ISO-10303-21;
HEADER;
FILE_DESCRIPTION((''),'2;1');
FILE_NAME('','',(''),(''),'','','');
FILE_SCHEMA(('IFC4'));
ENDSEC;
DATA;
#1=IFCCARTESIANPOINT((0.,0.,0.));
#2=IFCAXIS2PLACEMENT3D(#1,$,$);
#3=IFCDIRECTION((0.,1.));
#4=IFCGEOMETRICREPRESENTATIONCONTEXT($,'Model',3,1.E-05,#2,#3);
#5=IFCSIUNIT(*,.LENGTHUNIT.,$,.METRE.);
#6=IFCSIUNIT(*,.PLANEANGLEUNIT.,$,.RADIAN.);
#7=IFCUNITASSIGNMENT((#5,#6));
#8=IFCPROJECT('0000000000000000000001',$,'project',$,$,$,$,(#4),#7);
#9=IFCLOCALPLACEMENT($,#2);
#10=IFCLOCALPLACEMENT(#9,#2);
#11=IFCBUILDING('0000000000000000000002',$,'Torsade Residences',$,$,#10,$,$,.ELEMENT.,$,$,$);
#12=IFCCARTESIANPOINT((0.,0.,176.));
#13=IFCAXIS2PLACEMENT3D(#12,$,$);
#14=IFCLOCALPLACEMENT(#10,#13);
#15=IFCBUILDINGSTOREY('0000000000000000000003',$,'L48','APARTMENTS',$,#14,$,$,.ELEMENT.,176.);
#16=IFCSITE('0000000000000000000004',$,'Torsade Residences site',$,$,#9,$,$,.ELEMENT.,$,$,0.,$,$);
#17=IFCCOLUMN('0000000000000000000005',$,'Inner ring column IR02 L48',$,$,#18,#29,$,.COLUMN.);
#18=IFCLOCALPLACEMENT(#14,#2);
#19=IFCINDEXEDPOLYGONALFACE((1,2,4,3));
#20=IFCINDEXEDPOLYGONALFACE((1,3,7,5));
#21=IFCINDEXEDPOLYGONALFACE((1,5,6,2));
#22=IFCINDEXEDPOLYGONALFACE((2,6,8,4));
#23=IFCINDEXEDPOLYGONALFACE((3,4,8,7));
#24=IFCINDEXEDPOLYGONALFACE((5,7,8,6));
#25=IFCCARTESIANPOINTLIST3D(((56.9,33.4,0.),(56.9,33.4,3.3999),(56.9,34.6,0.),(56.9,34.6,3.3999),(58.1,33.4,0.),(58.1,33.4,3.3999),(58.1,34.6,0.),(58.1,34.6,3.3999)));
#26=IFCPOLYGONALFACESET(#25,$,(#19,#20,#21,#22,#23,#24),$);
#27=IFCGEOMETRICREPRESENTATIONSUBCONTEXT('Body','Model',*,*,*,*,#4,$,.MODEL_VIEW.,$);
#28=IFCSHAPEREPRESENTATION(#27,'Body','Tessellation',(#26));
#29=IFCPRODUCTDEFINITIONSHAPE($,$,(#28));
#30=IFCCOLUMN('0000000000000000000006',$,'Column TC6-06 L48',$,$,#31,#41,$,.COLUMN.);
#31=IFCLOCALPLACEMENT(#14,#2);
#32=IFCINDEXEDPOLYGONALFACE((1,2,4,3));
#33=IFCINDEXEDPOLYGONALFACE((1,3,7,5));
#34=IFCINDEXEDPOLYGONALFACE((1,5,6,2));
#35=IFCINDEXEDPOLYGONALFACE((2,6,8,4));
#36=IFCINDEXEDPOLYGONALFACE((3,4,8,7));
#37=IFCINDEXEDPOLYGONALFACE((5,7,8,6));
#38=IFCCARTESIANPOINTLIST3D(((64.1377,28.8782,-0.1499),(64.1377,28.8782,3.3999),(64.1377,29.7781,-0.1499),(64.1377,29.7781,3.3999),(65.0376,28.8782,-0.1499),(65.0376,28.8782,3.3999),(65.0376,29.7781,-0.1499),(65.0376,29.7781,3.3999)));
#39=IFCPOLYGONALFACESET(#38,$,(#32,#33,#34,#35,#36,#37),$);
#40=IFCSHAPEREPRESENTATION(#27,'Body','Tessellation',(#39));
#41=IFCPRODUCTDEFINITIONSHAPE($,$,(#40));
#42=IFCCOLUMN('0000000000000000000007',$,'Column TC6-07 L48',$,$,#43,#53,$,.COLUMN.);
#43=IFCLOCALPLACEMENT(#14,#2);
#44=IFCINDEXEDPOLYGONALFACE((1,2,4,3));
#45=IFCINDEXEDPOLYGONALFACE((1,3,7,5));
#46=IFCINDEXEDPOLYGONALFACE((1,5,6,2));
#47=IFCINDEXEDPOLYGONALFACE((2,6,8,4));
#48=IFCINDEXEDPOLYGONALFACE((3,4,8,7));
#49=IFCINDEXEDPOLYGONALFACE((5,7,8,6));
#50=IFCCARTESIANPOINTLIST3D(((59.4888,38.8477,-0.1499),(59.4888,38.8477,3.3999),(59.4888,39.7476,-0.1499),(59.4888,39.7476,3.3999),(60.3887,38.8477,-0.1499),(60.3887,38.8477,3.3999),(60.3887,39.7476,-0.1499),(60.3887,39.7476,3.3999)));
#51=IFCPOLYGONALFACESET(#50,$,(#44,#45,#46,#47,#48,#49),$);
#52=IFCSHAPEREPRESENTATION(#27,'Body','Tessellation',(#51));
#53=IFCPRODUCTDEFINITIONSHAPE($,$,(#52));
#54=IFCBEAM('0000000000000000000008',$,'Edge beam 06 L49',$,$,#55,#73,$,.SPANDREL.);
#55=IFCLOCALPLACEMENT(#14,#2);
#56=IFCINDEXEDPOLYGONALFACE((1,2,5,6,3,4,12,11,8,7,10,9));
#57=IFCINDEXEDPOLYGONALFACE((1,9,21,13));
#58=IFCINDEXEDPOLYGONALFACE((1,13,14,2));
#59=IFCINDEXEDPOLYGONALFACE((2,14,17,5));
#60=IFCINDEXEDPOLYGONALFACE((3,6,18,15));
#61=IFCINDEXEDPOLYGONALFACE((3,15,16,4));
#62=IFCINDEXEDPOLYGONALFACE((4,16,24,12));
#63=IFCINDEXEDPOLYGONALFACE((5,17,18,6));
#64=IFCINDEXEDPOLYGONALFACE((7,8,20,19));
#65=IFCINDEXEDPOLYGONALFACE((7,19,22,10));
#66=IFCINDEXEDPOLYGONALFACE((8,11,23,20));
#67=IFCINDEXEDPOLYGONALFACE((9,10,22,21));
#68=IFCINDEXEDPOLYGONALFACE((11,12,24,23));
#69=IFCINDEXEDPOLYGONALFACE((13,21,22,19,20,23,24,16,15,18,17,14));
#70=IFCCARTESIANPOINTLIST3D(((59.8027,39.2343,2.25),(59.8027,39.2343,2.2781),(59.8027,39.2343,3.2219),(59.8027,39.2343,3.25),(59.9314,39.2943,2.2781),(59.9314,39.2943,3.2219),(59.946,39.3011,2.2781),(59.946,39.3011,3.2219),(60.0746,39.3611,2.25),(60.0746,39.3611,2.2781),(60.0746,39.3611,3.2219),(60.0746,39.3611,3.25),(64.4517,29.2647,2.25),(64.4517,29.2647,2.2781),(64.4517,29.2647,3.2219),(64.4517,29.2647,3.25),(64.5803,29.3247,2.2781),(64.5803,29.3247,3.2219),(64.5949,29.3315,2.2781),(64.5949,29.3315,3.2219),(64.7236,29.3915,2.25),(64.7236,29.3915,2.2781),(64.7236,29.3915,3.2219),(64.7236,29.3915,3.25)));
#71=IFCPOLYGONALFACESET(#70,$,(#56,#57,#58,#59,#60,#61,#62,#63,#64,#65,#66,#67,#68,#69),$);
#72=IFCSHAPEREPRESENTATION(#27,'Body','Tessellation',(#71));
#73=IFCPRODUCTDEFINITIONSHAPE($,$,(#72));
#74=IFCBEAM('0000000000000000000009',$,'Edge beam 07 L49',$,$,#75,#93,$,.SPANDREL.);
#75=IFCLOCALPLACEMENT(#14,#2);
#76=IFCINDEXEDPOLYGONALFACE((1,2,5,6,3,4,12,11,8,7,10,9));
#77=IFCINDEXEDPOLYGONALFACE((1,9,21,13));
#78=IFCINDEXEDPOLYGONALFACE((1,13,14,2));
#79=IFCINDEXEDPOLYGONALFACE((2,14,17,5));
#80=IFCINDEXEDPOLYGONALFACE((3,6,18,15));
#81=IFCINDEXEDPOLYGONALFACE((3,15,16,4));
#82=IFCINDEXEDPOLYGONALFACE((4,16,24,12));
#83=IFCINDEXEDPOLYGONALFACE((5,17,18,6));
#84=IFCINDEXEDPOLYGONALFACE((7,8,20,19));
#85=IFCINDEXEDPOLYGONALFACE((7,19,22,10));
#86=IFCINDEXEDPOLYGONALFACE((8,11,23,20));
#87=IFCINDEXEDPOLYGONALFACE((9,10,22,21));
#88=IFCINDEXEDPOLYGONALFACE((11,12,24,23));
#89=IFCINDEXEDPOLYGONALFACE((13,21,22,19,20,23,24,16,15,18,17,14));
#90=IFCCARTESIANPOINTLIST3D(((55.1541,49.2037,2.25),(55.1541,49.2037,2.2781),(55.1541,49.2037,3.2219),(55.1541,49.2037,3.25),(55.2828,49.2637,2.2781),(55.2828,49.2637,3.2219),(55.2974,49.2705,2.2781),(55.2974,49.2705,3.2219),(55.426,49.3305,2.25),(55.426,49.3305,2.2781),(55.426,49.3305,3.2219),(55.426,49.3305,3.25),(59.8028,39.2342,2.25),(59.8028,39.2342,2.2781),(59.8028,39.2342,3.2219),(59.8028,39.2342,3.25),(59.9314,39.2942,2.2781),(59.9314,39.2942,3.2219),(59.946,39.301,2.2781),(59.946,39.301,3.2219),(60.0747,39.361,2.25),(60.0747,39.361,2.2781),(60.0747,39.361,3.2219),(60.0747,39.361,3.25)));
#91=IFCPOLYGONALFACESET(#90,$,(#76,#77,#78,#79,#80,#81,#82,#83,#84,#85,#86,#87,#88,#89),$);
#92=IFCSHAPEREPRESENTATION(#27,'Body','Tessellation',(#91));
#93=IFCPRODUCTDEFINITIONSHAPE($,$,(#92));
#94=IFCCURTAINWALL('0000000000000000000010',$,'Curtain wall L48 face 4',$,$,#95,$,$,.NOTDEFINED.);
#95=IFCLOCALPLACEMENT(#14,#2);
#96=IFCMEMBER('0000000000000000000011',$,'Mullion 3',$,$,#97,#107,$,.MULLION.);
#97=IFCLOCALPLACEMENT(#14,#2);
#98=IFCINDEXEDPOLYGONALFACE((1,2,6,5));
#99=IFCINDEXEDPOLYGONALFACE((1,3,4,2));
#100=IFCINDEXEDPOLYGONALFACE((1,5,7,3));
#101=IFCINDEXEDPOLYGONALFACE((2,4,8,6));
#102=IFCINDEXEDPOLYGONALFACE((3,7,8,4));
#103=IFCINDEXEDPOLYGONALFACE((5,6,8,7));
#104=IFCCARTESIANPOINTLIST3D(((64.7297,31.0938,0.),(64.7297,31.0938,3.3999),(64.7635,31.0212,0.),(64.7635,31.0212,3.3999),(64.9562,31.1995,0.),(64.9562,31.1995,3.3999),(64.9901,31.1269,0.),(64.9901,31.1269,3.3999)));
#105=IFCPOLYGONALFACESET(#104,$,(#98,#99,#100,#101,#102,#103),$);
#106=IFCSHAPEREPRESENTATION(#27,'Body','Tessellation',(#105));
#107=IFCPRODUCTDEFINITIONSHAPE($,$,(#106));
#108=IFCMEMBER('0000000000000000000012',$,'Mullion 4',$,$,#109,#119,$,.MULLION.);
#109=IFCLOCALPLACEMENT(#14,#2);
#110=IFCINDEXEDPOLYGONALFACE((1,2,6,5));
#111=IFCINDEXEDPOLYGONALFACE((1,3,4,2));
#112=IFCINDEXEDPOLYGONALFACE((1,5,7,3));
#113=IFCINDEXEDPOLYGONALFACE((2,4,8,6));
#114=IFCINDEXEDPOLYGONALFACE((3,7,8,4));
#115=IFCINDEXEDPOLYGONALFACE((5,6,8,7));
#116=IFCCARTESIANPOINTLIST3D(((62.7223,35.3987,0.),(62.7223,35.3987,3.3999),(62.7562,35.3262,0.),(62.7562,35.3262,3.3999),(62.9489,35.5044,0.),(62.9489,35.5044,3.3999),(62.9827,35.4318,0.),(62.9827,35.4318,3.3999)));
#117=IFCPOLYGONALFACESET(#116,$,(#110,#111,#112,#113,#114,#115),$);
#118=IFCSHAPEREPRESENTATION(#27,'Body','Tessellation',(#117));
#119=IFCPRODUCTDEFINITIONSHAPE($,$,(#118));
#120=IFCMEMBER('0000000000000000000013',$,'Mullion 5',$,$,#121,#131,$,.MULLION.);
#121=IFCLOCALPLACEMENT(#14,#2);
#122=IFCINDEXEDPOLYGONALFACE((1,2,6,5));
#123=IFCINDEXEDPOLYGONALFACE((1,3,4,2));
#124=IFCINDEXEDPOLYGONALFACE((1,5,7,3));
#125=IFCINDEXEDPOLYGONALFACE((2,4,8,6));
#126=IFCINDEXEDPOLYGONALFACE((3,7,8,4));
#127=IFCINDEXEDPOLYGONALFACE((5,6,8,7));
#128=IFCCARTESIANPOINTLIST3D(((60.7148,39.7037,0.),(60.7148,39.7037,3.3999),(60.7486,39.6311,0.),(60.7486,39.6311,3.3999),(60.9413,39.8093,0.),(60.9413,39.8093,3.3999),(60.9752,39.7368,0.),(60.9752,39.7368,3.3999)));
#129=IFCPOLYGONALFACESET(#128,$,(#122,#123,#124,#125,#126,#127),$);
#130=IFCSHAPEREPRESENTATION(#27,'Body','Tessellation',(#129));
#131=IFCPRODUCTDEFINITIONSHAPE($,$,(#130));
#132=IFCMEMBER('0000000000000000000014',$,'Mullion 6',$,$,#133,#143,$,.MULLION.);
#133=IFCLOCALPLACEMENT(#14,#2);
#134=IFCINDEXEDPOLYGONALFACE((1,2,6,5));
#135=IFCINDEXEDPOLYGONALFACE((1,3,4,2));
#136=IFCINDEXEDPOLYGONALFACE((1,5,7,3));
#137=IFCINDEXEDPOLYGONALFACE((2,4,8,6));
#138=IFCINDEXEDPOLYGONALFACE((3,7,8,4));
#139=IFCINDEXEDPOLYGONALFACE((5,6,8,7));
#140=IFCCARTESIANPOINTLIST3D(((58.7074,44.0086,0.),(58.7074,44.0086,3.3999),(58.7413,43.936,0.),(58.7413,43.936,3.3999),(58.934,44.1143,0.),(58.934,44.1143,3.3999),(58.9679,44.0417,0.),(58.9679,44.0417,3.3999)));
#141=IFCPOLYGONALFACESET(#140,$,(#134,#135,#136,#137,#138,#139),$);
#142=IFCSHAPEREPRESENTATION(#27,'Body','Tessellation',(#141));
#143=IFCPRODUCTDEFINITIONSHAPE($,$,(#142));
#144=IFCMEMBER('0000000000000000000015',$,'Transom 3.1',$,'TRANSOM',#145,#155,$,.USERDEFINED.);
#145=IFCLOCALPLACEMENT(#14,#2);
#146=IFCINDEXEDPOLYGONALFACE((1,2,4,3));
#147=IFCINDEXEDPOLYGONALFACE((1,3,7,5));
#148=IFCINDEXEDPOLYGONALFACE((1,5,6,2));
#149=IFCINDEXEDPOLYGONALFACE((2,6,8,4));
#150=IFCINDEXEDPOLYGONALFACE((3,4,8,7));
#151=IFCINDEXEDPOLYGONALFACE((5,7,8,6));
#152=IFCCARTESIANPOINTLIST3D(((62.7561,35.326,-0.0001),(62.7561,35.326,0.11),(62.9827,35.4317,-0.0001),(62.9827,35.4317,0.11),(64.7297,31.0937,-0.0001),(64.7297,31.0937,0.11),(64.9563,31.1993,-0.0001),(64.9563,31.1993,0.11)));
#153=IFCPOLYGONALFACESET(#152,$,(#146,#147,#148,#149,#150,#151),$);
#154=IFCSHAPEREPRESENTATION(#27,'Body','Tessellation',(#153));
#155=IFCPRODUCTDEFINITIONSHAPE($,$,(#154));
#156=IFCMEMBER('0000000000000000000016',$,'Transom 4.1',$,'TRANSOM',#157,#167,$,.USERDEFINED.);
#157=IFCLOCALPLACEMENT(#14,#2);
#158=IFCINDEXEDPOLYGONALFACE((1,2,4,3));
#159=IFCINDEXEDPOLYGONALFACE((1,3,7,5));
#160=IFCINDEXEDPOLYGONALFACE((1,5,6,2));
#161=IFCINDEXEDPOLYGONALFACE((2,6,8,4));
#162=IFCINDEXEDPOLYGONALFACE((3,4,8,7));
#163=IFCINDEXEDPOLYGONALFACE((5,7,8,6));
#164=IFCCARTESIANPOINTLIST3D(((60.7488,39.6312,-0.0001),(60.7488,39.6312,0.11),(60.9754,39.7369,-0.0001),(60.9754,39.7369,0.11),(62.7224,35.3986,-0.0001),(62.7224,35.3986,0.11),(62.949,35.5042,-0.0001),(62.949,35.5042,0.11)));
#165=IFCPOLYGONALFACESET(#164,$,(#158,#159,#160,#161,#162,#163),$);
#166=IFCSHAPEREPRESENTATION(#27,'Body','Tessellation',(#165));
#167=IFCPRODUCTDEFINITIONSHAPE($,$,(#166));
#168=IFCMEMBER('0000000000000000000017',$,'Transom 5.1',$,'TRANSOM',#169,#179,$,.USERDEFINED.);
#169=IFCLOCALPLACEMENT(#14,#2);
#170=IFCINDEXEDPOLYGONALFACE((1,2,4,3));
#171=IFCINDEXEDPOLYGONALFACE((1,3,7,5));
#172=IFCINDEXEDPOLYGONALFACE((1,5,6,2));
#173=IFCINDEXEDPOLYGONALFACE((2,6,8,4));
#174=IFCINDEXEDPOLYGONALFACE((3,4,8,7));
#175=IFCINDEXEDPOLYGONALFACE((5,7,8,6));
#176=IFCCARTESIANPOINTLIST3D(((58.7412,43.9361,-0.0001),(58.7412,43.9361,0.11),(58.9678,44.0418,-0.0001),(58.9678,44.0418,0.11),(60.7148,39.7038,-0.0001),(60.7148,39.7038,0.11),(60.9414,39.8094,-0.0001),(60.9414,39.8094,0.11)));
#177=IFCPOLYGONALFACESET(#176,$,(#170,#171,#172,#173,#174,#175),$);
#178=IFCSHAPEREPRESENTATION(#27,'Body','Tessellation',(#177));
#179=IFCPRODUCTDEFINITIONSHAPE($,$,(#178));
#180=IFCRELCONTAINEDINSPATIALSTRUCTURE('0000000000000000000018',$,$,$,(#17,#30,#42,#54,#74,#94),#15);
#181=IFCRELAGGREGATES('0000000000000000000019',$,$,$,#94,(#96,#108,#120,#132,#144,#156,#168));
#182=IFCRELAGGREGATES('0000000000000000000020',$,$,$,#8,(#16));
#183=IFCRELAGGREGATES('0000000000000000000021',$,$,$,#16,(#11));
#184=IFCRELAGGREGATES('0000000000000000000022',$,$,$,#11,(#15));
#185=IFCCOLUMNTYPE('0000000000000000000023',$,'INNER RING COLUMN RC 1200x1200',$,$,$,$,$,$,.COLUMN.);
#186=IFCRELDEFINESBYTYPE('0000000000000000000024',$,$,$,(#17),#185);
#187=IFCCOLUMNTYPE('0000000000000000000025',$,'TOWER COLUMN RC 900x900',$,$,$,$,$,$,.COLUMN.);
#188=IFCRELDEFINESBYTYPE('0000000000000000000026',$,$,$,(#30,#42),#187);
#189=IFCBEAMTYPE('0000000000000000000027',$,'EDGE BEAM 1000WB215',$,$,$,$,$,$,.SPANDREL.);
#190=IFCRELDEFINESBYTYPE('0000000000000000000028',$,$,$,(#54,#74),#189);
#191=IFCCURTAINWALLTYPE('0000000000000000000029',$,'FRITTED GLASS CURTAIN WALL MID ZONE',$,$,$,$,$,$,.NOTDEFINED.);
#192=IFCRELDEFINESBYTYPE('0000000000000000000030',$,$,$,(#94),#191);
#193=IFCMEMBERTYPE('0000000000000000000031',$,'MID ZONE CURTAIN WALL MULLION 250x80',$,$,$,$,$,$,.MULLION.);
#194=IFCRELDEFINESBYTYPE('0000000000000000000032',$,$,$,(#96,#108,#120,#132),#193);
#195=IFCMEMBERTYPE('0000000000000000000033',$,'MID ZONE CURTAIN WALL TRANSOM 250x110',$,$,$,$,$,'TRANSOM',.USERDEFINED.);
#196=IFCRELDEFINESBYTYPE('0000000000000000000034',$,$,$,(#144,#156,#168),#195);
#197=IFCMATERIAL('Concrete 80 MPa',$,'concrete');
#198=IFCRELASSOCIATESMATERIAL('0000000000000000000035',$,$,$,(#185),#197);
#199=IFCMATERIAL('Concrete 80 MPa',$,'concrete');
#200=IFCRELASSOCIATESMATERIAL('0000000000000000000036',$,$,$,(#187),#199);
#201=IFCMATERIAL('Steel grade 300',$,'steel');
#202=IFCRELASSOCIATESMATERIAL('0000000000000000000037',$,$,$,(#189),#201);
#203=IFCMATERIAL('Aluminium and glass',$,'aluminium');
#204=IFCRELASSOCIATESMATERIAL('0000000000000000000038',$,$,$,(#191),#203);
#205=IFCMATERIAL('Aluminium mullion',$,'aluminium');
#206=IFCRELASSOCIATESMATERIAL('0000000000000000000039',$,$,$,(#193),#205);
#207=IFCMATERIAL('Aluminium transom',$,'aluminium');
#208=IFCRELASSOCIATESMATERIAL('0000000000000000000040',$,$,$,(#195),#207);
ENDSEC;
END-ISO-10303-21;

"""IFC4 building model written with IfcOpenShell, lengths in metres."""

from ifc_helpers import new_model, si_unit, direction, frame, origin, origin_2d, place, context, subcontext, project, spatial, rectangle, i_section, extrude, material, material_profile, profile_set, type_object, element, aggregate, save


model = new_model("IFC4")

# Units and contexts
model_context = context("Model", 3, precision=1e-05, world=origin(), true_north=direction((0.0, 1.0)))
body_context = subcontext(model_context, "Body", "Model", "MODEL_VIEW")
ifc_project = project(units=[si_unit("LENGTHUNIT", "METRE"), si_unit("PLANEANGLEUNIT", "RADIAN")], contexts=[model_context])

# Site, building, storey
site_placement = place(None, origin())
site = spatial("IfcSite", under=ifc_project, at=site_placement, Name="Torsade Residences site", CompositionType="ELEMENT", RefElevation=0.0)
building_placement = place(site_placement, origin())
building = spatial("IfcBuilding", under=site, at=building_placement, Name="Torsade Residences", CompositionType="ELEMENT")
storey_placement = place(building_placement, frame((0.0, 0.0, 176.0)))
storey = spatial("IfcBuildingStorey", under=building, at=storey_placement, Name="L48", Description="APARTMENTS", CompositionType="ELEMENT", Elevation=176.0)

# Columns
ifc_material_1 = material(Name="Concrete 80 MPa", Category="concrete")
ifc_material_profile_1 = material_profile(ifc_material_1, rectangle(XDim=1.2, YDim=1.2, at=origin_2d()), Name="RC 1200x1200")
ifc_profile_set_1 = profile_set([ifc_material_profile_1], Name="Concrete 80 MPa")
column_type_1 = type_object("IfcColumnType", Name="INNER RING COLUMN RC 1200x1200", PredefinedType="COLUMN", material=ifc_profile_set_1)
column_placement = place(storey_placement, frame((57.5, 34.0, 0.0), z_axis=(0.0, 0.0, 1.0), x_axis=(1.0, 0.0, 0.0)))
element("IfcColumn", 1, at=column_placement, inside=storey, type_object=column_type_1, Name="Inner ring column IR02 L48", PredefinedType="COLUMN", context=body_context, shape_type="SweptSolid", body=[
    extrude(rectangle(XDim=1.2, YDim=1.2, at=origin_2d()), origin(), (0.0, 0.0, 1.0), 3.3999),
])
ifc_material_2 = material(Name="Concrete 80 MPa", Category="concrete")
ifc_material_profile_2 = material_profile(ifc_material_2, rectangle(XDim=0.8999, YDim=0.8999, at=origin_2d()), Name="RC 900x900")
ifc_profile_set_2 = profile_set([ifc_material_profile_2], Name="Concrete 80 MPa")
column_type_2 = type_object("IfcColumnType", Name="TOWER COLUMN RC 900x900", PredefinedType="COLUMN", material=ifc_profile_set_2)
for number, where, z_axis, x_axis, name in (
    (2, (64.5876, 29.3281, -0.1499), (0.0, 0.0, 1.0), (1.0, 0.0, 0.0), "Column TC6-06 L48"),
    (3, (59.9387, 39.2976, -0.1499), (0.0, 0.0, 1.0), (1.0, 0.0, 0.0), "Column TC6-07 L48"),
):
    element("IfcColumn", number, at=place(storey_placement, frame(where, z_axis=z_axis, x_axis=x_axis)), inside=storey, type_object=column_type_2, Name=name, PredefinedType="COLUMN", context=body_context, shape_type="SweptSolid", body=[
        extrude(rectangle(XDim=0.8999, YDim=0.8999, at=origin_2d()), origin(), (0.0, 0.0, 1.0), 3.5498),
    ])

# Beams
ifc_material_3 = material(Name="Steel grade 300", Category="steel")
ifc_material_profile_3 = material_profile(ifc_material_3, i_section(OverallWidth=0.3, OverallDepth=1.0, WebThickness=0.0161, FlangeThickness=0.0281, at=origin_2d()), Name="1000WB215")
ifc_profile_set_3 = profile_set([ifc_material_profile_3], Name="Steel grade 300")
beam_type_1 = type_object("IfcBeamType", Name="EDGE BEAM 1000WB215", PredefinedType="SPANDREL", material=ifc_profile_set_3)
beam_1_placement = place(storey_placement, frame((64.5876, 29.3281, 2.75), z_axis=(-0.422624, 0.906305, 0.0), x_axis=(-0.906305, -0.422624, 0.0)))
element("IfcBeam", 4, at=beam_1_placement, inside=storey, type_object=beam_type_1, Name="Edge beam 06 L49", PredefinedType="SPANDREL", context=body_context, shape_type="SweptSolid", body=[
    extrude(i_section(OverallWidth=0.3, OverallDepth=1.0, WebThickness=0.0161, FlangeThickness=0.0281, at=origin_2d()), origin(), (0.0, 0.0, 1.0), 11.0002),
])
beam_2_placement = place(storey_placement, frame((59.9387, 39.2976, 2.75), z_axis=(-0.422606, 0.906314, 0.0), x_axis=(-0.906314, -0.422606, 0.0)))
element("IfcBeam", 5, at=beam_2_placement, inside=storey, type_object=beam_type_1, Name="Edge beam 07 L49", PredefinedType="SPANDREL", context=body_context, shape_type="SweptSolid", body=[
    extrude(i_section(OverallWidth=0.3, OverallDepth=1.0, WebThickness=0.0161, FlangeThickness=0.0281, at=origin_2d()), origin(), (0.0, 0.0, 1.0), 11.0),
])

# Curtain wall, members
ifc_material_4 = material(Name="Aluminium and glass", Category="aluminium")
curtain_wall_type = type_object("IfcCurtainWallType", Name="FRITTED GLASS CURTAIN WALL MID ZONE", PredefinedType="NOTDEFINED", material=ifc_material_4)
curtain_wall_placement = place(storey_placement, origin())
curtain_wall = element("IfcCurtainWall", 6, at=curtain_wall_placement, inside=storey, type_object=curtain_wall_type, Name="Curtain wall L48 face 4", PredefinedType="NOTDEFINED")
ifc_material_5 = material(Name="Aluminium mullion", Category="aluminium")
ifc_material_profile_4 = material_profile(ifc_material_5, rectangle(XDim=0.25, YDim=0.0801, at=origin_2d()), Name="MID ZONE CURTAIN WALL MULLION 250x80")
ifc_profile_set_4 = profile_set([ifc_material_profile_4], Name="Aluminium mullion")
member_type_1 = type_object("IfcMemberType", Name="MID ZONE CURTAIN WALL MULLION 250x80", PredefinedType="MULLION", material=ifc_profile_set_4)
member_1_placement = place(storey_placement, frame((64.8599, 31.1104, 0.0), z_axis=(0.0, 0.0, 1.0), x_axis=(-0.906308, -0.422618, 0.0)))
member_1 = element("IfcMember", 7, at=member_1_placement, type_object=member_type_1, Name="Mullion 3", PredefinedType="MULLION", context=body_context, shape_type="SweptSolid", body=[
    extrude(rectangle(XDim=0.25, YDim=0.0801, at=origin_2d()), origin(), (0.0, 0.0, 1.0), 3.3999),
])
member_2_placement = place(storey_placement, frame((62.8525, 35.4153, 0.0), z_axis=(0.0, 0.0, 1.0), x_axis=(-0.906308, -0.422618, 0.0)))
member_2 = element("IfcMember", 8, at=member_2_placement, type_object=member_type_1, Name="Mullion 4", PredefinedType="MULLION", context=body_context, shape_type="SweptSolid", body=[
    extrude(rectangle(XDim=0.25, YDim=0.0801, at=origin_2d()), origin(), (0.0, 0.0, 1.0), 3.3999),
])
member_3_placement = place(storey_placement, frame((60.845, 39.7202, 0.0), z_axis=(0.0, 0.0, 1.0), x_axis=(-0.906308, -0.422618, 0.0)))
member_3 = element("IfcMember", 9, at=member_3_placement, type_object=member_type_1, Name="Mullion 5", PredefinedType="MULLION", context=body_context, shape_type="SweptSolid", body=[
    extrude(rectangle(XDim=0.25, YDim=0.0801, at=origin_2d()), origin(), (0.0, 0.0, 1.0), 3.3999),
])
member_4_placement = place(storey_placement, frame((58.8376, 44.0251, 0.0), z_axis=(0.0, 0.0, 1.0), x_axis=(-0.906308, -0.422618, 0.0)))
member_4 = element("IfcMember", 10, at=member_4_placement, type_object=member_type_1, Name="Mullion 6", PredefinedType="MULLION", context=body_context, shape_type="SweptSolid", body=[
    extrude(rectangle(XDim=0.25, YDim=0.0801, at=origin_2d()), origin(), (0.0, 0.0, 1.0), 3.3999),
])
ifc_material_6 = material(Name="Aluminium transom", Category="aluminium")
ifc_material_profile_5 = material_profile(ifc_material_6, rectangle(XDim=0.25, YDim=0.1101, at=origin_2d()), Name="MID ZONE CURTAIN WALL TRANSOM 250x110")
ifc_profile_set_5 = profile_set([ifc_material_profile_5], Name="Aluminium transom")
member_type_2 = type_object("IfcMemberType", Name="MID ZONE CURTAIN WALL TRANSOM 250x110", ElementType="TRANSOM", PredefinedType="USERDEFINED", material=ifc_profile_set_5)
member_5_placement = place(storey_placement, frame((64.843, 31.1465, 0.0549), z_axis=(-0.422622, 0.906306, 0.0), x_axis=(-0.906306, -0.422622, 0.0)))
member_5 = element("IfcMember", 11, at=member_5_placement, type_object=member_type_2, Name="Transom 3.1", ObjectType="TRANSOM", PredefinedType="USERDEFINED", context=body_context, shape_type="SweptSolid", body=[
    extrude(rectangle(XDim=0.25, YDim=0.1101, at=origin_2d()), origin(), (0.0, 0.0, 1.0), 4.6699),
])
member_6_placement = place(storey_placement, frame((62.8357, 35.4514, 0.0549), z_axis=(-0.422602, 0.906315, 0.0), x_axis=(-0.906315, -0.422602, 0.0)))
member_6 = element("IfcMember", 12, at=member_6_placement, type_object=member_type_2, Name="Transom 4.1", ObjectType="TRANSOM", PredefinedType="USERDEFINED", context=body_context, shape_type="SweptSolid", body=[
    extrude(rectangle(XDim=0.25, YDim=0.1101, at=origin_2d()), origin(), (0.0, 0.0, 1.0), 4.6702),
])
member_7_placement = place(storey_placement, frame((60.8281, 39.7566, 0.0549), z_axis=(-0.422622, 0.906306, 0.0), x_axis=(-0.906306, -0.422622, 0.0)))
member_7 = element("IfcMember", 13, at=member_7_placement, type_object=member_type_2, Name="Transom 5.1", ObjectType="TRANSOM", PredefinedType="USERDEFINED", context=body_context, shape_type="SweptSolid", body=[
    extrude(rectangle(XDim=0.25, YDim=0.1101, at=origin_2d()), origin(), (0.0, 0.0, 1.0), 4.6699),
])

aggregate(curtain_wall, [member_1, member_2, member_3, member_4, member_5, member_6, member_7])

save(model, "model.ifc")
